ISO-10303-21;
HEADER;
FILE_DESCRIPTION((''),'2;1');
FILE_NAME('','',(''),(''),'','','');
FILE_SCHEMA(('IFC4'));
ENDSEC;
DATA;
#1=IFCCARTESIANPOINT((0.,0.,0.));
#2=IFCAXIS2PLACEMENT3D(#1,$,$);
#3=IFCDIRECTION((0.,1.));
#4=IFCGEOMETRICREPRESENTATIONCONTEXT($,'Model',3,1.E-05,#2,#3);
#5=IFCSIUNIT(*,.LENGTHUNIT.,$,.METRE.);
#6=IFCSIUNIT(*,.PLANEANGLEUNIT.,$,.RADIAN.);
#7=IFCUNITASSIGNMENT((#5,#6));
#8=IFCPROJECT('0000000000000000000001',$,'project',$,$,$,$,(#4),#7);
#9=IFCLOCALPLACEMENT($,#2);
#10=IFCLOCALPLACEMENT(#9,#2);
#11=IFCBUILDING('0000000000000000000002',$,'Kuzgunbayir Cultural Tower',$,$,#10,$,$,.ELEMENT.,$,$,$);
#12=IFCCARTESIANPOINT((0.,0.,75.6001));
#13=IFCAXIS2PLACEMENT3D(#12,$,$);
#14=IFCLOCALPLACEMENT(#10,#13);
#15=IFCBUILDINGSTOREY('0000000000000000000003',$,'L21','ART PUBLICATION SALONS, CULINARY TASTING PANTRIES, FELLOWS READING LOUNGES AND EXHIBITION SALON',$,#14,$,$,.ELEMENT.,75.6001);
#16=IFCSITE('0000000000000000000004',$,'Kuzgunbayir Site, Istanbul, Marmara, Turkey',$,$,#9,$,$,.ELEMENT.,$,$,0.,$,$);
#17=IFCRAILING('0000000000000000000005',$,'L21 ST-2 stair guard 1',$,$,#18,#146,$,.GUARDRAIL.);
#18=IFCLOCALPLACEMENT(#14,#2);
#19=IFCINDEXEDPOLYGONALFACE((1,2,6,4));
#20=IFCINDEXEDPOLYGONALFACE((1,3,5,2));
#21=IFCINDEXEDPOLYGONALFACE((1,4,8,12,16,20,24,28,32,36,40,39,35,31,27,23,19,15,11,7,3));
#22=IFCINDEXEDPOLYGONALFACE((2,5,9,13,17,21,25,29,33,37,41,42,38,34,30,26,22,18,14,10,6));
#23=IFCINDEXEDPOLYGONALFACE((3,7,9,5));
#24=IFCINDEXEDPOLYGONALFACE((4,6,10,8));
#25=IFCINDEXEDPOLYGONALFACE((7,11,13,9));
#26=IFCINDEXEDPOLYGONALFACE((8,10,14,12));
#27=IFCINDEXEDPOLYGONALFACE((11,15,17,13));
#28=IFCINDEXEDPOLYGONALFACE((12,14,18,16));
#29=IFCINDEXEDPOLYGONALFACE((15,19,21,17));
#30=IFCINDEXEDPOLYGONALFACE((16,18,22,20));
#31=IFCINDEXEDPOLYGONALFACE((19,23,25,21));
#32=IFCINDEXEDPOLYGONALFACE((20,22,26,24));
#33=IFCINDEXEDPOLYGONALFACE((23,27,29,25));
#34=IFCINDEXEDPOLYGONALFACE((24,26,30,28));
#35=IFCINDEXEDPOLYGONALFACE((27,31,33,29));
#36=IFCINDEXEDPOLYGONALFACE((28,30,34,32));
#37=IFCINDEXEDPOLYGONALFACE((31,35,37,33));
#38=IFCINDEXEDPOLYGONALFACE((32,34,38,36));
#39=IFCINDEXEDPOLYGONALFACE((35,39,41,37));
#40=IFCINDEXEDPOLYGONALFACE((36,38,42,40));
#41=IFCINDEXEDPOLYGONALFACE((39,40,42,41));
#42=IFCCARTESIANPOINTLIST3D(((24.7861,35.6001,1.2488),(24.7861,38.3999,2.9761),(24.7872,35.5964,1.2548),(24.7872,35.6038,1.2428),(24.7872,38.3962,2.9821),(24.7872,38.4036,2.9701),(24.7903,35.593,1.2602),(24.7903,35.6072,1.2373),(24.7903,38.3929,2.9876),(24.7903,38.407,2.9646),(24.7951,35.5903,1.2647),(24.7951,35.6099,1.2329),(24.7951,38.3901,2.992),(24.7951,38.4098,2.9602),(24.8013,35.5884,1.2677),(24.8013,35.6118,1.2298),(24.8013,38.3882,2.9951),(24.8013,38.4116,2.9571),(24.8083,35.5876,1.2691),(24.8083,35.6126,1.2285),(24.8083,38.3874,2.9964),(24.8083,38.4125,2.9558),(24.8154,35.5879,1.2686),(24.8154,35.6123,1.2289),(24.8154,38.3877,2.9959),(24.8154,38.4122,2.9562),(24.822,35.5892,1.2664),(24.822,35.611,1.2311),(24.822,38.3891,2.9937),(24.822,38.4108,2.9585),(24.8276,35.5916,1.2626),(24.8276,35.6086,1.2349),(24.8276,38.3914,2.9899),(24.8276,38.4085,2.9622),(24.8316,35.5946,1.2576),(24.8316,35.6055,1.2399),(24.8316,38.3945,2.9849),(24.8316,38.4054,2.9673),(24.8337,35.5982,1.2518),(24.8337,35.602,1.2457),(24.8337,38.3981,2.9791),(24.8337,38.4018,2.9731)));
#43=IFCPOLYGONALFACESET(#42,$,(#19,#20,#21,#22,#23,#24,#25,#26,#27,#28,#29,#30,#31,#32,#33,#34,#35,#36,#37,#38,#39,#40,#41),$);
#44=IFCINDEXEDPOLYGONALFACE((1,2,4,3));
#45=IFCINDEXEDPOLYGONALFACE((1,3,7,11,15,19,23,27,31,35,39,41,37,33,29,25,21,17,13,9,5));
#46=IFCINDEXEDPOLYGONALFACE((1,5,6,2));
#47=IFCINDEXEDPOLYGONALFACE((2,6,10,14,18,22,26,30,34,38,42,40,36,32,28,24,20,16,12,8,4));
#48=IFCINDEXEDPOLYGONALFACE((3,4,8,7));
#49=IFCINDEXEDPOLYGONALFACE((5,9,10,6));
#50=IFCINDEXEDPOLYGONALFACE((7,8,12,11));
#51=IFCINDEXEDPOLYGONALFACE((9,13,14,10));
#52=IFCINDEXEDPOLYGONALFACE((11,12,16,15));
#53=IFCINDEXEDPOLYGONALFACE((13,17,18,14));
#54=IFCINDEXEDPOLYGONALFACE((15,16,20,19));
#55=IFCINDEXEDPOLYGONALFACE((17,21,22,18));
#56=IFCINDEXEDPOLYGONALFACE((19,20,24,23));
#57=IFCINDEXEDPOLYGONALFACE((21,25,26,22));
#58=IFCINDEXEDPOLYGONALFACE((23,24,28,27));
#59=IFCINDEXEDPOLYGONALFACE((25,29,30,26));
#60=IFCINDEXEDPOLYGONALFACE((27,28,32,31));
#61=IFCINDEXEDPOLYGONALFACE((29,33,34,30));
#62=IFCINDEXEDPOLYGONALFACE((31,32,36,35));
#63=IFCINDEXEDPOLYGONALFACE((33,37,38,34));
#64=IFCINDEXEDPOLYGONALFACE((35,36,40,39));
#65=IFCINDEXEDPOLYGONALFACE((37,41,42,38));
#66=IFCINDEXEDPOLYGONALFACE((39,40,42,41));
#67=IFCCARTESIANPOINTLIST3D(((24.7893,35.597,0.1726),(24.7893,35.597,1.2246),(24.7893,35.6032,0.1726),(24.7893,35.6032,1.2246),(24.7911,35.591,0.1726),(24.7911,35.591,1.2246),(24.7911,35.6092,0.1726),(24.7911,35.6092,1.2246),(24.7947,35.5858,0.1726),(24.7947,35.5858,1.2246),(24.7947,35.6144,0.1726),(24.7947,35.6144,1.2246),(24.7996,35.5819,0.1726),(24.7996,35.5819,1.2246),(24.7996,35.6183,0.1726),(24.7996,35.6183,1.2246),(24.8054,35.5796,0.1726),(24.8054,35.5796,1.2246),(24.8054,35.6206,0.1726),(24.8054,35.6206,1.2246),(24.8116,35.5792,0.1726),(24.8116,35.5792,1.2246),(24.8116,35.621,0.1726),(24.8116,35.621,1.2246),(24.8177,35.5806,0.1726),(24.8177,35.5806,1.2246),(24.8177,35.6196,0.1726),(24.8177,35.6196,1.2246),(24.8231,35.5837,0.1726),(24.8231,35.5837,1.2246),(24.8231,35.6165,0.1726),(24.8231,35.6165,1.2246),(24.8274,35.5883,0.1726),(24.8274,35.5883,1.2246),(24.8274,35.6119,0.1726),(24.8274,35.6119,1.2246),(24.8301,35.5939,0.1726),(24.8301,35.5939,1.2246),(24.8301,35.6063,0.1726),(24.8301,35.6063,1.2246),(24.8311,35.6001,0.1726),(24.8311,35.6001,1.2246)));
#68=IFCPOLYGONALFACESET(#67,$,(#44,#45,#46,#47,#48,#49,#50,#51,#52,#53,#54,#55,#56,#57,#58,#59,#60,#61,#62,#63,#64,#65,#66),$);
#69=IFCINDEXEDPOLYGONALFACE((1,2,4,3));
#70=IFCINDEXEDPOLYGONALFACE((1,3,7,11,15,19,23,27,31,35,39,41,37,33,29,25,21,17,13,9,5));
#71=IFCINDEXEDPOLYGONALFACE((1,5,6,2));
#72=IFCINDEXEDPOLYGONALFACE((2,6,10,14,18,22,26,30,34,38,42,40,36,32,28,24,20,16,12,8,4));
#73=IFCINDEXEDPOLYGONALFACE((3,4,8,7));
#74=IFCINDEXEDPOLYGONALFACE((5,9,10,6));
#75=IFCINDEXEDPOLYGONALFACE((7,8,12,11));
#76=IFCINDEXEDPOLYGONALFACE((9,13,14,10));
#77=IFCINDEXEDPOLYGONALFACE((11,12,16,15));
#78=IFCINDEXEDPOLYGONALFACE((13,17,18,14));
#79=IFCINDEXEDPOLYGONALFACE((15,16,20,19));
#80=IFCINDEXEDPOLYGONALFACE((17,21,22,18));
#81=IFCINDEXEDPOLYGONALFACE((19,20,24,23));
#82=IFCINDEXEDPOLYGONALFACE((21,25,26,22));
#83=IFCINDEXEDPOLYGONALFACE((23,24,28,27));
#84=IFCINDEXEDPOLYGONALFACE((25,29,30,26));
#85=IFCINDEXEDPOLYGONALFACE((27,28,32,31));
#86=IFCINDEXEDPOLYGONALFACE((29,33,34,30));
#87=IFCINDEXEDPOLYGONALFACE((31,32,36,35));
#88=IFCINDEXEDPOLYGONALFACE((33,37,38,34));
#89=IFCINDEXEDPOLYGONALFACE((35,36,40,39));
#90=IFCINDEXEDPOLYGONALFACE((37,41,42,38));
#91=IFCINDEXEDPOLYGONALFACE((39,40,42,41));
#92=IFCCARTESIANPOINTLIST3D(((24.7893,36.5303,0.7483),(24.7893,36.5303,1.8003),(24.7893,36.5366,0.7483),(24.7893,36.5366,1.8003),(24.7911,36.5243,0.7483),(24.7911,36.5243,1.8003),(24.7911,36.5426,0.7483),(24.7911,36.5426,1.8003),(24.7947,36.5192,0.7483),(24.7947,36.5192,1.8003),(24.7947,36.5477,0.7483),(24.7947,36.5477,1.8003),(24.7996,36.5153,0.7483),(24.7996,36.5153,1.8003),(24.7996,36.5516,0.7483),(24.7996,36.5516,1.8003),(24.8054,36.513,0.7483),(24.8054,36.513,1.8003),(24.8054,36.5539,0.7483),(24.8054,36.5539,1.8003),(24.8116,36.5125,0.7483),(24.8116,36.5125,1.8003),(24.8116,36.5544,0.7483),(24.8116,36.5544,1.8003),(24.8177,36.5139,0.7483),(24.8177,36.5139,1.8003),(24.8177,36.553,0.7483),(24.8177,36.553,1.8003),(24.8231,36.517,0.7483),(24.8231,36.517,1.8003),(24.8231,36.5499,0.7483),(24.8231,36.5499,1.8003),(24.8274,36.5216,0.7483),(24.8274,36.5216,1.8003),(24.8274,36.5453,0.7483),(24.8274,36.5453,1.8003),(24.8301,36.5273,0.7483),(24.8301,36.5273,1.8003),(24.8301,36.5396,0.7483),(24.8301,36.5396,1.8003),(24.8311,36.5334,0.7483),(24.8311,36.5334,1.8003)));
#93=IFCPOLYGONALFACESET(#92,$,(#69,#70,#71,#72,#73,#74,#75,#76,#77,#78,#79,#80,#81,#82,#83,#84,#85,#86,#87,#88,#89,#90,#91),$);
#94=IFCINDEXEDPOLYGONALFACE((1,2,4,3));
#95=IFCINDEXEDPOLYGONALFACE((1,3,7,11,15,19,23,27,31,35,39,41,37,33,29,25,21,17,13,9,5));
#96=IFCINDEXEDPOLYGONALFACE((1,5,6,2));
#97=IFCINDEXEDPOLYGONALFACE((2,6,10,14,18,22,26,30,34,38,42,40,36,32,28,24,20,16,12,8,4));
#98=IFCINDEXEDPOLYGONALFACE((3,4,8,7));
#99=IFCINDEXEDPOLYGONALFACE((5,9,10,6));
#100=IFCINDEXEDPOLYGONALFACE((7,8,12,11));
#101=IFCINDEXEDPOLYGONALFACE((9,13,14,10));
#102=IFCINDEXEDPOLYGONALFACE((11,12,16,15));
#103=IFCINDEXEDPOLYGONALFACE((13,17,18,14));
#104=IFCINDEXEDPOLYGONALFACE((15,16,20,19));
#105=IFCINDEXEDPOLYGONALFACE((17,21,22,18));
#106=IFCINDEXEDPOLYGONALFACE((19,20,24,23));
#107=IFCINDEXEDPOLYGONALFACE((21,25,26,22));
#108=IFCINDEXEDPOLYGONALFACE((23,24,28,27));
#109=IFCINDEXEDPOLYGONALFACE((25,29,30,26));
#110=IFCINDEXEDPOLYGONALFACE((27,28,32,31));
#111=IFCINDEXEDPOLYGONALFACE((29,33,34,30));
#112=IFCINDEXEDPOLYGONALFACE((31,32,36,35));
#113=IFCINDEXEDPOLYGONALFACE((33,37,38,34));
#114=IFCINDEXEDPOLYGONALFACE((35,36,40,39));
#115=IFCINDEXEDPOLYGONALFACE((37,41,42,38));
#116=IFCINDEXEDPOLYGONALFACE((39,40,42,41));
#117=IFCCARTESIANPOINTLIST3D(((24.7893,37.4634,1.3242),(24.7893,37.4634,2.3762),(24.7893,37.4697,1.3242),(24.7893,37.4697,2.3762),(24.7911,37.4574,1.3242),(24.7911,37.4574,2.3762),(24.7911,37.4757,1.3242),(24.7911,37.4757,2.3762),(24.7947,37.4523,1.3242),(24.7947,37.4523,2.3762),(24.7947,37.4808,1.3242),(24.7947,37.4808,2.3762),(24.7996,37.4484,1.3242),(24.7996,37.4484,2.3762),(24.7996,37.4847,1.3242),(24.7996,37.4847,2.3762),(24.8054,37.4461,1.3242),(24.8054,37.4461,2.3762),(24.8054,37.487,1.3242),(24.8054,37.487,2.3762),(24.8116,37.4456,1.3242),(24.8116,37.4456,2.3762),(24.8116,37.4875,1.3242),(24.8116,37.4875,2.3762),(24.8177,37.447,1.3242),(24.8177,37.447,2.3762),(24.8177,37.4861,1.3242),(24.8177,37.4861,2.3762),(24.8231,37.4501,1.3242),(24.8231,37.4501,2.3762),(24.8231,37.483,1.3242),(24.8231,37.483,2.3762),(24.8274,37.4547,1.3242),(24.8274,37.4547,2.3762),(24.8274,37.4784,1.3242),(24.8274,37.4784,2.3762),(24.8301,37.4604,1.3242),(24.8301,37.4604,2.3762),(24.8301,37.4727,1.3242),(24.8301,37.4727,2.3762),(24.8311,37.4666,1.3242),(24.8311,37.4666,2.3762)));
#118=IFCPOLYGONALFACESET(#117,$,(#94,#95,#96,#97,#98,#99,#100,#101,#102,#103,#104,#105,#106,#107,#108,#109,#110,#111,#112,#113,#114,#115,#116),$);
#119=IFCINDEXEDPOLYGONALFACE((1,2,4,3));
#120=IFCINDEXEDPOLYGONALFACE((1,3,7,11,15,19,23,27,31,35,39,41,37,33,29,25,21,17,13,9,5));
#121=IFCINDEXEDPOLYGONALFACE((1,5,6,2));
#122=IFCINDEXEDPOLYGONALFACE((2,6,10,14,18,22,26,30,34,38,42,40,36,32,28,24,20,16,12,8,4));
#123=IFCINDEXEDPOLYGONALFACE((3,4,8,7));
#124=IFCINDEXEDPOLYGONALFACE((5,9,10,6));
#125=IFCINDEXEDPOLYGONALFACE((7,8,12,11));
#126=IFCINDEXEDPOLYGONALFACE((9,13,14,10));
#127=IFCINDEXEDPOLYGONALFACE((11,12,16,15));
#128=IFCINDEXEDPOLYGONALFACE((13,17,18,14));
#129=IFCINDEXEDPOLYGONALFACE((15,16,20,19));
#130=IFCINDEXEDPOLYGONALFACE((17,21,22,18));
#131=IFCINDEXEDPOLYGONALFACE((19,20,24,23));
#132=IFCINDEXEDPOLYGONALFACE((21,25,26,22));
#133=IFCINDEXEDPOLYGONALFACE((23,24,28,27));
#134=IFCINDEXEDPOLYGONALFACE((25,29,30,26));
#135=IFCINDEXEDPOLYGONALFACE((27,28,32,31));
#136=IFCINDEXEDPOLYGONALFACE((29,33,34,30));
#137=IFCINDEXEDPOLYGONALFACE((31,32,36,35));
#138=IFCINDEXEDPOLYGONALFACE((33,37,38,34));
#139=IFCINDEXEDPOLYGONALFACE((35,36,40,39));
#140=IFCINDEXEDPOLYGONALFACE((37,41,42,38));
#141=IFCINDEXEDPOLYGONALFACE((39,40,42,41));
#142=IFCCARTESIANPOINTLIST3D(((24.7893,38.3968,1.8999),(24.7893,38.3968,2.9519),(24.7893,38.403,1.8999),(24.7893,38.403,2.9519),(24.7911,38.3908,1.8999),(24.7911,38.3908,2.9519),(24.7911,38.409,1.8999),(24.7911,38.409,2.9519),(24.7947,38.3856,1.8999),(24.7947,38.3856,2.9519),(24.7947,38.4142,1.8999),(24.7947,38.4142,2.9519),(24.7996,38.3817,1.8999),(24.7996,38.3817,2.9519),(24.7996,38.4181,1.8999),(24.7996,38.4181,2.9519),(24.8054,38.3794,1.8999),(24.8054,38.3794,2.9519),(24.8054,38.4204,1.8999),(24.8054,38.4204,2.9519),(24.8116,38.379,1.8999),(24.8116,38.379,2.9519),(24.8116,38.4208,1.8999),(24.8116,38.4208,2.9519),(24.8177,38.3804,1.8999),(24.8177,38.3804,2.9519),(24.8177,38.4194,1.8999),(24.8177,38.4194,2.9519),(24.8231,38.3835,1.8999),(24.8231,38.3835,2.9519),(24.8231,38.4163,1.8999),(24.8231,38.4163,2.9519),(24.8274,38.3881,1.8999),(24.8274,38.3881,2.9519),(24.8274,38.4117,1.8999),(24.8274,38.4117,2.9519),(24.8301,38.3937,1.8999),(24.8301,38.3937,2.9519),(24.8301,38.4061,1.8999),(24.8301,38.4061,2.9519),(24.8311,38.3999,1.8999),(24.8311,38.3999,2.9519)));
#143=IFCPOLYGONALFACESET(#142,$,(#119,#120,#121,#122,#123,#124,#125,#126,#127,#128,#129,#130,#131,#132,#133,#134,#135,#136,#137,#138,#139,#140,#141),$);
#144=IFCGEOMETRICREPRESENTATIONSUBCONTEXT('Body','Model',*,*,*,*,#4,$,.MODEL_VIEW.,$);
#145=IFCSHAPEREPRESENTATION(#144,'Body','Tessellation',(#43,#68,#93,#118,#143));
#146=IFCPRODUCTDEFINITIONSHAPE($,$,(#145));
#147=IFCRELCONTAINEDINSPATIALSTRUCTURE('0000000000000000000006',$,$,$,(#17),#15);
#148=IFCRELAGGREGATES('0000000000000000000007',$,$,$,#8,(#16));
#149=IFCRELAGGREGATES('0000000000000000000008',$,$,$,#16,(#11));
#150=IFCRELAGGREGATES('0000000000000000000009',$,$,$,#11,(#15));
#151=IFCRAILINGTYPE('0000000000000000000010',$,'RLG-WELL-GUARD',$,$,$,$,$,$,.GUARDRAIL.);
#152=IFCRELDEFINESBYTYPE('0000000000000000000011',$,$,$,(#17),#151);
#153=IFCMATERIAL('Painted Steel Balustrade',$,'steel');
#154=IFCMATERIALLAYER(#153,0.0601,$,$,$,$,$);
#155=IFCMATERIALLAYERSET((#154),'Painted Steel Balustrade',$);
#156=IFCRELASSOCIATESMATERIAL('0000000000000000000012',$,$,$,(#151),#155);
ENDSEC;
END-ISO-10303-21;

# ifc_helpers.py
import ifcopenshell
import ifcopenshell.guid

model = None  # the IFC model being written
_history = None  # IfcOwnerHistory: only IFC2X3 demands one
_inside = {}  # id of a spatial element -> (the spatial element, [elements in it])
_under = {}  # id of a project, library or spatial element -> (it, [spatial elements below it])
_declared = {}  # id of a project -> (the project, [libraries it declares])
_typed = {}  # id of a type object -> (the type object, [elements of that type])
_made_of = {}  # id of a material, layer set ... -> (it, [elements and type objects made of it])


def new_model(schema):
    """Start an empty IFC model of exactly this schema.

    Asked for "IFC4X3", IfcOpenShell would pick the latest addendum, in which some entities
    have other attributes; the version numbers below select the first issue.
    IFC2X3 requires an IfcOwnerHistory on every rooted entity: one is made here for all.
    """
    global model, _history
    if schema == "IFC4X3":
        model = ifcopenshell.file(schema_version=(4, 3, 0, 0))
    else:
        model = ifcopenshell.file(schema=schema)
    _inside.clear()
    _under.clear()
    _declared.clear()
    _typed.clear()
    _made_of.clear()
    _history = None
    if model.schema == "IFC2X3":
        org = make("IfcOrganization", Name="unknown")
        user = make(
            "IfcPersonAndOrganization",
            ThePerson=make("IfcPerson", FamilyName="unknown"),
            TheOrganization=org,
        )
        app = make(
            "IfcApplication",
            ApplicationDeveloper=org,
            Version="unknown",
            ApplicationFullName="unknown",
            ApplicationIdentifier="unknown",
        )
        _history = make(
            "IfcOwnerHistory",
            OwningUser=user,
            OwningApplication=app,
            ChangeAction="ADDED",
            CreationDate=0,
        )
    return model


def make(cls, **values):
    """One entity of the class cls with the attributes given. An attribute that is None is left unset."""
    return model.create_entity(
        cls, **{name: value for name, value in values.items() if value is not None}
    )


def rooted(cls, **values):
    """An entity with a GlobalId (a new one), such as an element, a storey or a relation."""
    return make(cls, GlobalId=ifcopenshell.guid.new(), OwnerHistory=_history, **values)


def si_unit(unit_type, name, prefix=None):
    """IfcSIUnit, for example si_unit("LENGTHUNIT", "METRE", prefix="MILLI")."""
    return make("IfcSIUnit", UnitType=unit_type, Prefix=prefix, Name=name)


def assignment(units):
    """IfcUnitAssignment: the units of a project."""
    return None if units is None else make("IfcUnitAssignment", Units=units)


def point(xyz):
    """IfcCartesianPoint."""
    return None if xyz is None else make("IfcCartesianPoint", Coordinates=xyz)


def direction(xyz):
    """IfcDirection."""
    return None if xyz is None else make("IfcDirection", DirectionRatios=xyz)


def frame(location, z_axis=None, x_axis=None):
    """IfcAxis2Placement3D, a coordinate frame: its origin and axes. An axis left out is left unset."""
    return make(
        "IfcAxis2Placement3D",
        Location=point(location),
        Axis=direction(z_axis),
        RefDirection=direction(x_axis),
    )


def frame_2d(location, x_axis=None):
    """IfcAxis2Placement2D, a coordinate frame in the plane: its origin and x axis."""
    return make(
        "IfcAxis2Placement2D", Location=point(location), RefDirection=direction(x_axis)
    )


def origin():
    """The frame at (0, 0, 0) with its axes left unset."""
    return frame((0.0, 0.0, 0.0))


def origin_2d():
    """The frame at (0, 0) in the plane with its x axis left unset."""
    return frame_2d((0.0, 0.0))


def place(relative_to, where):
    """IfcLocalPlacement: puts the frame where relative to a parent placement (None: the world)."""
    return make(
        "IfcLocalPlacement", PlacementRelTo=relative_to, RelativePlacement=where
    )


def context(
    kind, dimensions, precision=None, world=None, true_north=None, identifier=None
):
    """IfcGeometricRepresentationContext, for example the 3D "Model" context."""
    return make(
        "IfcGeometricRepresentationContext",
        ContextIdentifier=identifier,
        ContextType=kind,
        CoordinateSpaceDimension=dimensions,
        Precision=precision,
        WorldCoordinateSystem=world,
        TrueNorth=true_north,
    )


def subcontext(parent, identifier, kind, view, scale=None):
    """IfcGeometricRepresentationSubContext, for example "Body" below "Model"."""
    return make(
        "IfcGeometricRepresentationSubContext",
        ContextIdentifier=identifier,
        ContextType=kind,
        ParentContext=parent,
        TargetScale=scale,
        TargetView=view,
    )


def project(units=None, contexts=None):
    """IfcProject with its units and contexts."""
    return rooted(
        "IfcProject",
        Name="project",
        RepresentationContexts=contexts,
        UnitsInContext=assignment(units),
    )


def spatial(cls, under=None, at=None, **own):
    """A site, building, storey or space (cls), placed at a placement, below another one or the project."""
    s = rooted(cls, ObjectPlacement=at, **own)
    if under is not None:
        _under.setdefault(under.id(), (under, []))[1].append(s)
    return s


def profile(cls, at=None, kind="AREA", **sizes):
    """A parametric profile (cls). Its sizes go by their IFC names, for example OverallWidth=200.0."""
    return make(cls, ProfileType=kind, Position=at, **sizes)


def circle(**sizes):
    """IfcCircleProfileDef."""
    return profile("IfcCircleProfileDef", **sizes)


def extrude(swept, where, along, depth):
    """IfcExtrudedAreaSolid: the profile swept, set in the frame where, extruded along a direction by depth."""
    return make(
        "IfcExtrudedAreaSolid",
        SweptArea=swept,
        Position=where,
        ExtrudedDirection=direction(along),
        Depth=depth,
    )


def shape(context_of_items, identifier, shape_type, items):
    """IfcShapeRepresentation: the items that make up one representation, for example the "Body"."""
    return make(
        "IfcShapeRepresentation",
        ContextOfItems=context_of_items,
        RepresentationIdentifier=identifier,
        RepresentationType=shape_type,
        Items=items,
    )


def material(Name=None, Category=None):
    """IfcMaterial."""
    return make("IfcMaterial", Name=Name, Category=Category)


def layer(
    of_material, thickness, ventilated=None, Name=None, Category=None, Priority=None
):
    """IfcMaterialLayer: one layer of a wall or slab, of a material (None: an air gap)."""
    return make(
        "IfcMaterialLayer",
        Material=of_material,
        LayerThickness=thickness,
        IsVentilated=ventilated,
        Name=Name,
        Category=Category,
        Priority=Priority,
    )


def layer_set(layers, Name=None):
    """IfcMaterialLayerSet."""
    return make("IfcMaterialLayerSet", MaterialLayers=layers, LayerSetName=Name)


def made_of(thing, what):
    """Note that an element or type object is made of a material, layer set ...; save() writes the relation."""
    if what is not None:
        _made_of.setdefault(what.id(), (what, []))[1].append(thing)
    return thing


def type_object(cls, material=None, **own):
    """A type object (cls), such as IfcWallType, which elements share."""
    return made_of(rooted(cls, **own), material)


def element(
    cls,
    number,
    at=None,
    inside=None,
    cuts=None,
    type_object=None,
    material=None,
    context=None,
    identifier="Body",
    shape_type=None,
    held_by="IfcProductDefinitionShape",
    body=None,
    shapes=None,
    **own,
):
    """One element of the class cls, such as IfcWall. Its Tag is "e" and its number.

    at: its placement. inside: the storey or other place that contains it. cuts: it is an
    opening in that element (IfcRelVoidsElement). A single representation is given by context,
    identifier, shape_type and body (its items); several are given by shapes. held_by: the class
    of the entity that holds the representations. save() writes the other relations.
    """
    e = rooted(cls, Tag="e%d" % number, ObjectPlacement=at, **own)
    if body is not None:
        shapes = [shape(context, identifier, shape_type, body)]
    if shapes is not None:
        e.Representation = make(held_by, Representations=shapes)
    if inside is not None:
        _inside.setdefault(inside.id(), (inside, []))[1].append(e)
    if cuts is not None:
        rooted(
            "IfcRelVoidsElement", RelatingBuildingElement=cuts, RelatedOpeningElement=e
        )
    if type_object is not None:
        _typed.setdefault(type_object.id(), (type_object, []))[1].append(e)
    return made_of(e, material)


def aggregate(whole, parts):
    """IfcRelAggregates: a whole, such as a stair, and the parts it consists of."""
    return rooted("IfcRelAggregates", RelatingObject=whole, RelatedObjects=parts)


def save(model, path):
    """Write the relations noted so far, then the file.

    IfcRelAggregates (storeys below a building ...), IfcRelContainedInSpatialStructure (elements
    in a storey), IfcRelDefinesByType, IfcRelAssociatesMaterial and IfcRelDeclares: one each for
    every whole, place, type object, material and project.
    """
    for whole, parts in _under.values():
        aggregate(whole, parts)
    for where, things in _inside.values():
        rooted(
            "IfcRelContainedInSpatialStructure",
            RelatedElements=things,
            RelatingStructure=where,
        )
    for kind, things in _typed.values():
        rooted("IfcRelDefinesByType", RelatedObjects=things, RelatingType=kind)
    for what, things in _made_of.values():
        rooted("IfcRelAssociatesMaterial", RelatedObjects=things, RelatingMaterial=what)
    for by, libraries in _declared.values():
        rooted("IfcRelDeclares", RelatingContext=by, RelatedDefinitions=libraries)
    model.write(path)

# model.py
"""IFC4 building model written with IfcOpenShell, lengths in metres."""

from ifc_helpers import new_model, si_unit, direction, frame, origin, origin_2d, place, context, subcontext, project, spatial, circle, extrude, material, layer, layer_set, type_object, element, save


model = new_model("IFC4")

# Units and contexts
model_context = context("Model", 3, precision=1e-05, world=origin(), true_north=direction((0.0, 1.0)))
body_context = subcontext(model_context, "Body", "Model", "MODEL_VIEW")
ifc_project = project(units=[si_unit("LENGTHUNIT", "METRE"), si_unit("PLANEANGLEUNIT", "RADIAN")], contexts=[model_context])

# Site, building, storey
site_placement = place(None, origin())
site = spatial("IfcSite", under=ifc_project, at=site_placement, Name="Kuzgunbayir Site, Istanbul, Marmara, Turkey", CompositionType="ELEMENT", RefElevation=0.0)
building_placement = place(site_placement, origin())
building = spatial("IfcBuilding", under=site, at=building_placement, Name="Kuzgunbayir Cultural Tower", CompositionType="ELEMENT")
storey_placement = place(building_placement, frame((0.0, 0.0, 75.6001)))
storey = spatial("IfcBuildingStorey", under=building, at=storey_placement, Name="L21", Description="ART PUBLICATION SALONS, CULINARY TASTING PANTRIES, FELLOWS READING LOUNGES AND EXHIBITION SALON", CompositionType="ELEMENT", Elevation=75.6001)

# Railing
ifc_material_1 = material(Name="Painted Steel Balustrade", Category="steel")
ifc_layer_1 = layer(ifc_material_1, 0.0601)
ifc_layer_set_1 = layer_set([ifc_layer_1], Name="Painted Steel Balustrade")
railing_type_1 = type_object("IfcRailingType", Name="RLG-WELL-GUARD", PredefinedType="GUARDRAIL", material=ifc_layer_set_1)
railing_1_placement = place(storey_placement, frame((24.8101, 35.6001, 0.1726)))
element("IfcRailing", 1, at=railing_1_placement, inside=storey, type_object=railing_type_1, Name="L21 ST-2 stair guard 1", PredefinedType="GUARDRAIL", context=body_context, shape_type="SweptSolid", body=[
    extrude(circle(Radius=0.0239, at=origin_2d()), frame((0.0, 0.0, 1.0762), z_axis=(0.0, 0.851069, 0.525054), x_axis=(-1.0, 0.0, 0.0)), (0.0, 0.0, 1.0), 3.2898),
    extrude(circle(Radius=0.021, at=origin_2d()), origin(), (0.0, 0.0, 1.0), 1.052),
    extrude(circle(Radius=0.021, at=origin_2d()), frame((0.0, 0.9333, 0.5757)), (0.0, 0.0, 1.0), 1.052),
    extrude(circle(Radius=0.021, at=origin_2d()), frame((0.0, 1.8665, 1.1516)), (0.0, 0.0, 1.0), 1.052),
    extrude(circle(Radius=0.021, at=origin_2d()), frame((0.0, 2.7998, 1.7273)), (0.0, 0.0, 1.0), 1.052),
])

save(model, "model.ifc")
